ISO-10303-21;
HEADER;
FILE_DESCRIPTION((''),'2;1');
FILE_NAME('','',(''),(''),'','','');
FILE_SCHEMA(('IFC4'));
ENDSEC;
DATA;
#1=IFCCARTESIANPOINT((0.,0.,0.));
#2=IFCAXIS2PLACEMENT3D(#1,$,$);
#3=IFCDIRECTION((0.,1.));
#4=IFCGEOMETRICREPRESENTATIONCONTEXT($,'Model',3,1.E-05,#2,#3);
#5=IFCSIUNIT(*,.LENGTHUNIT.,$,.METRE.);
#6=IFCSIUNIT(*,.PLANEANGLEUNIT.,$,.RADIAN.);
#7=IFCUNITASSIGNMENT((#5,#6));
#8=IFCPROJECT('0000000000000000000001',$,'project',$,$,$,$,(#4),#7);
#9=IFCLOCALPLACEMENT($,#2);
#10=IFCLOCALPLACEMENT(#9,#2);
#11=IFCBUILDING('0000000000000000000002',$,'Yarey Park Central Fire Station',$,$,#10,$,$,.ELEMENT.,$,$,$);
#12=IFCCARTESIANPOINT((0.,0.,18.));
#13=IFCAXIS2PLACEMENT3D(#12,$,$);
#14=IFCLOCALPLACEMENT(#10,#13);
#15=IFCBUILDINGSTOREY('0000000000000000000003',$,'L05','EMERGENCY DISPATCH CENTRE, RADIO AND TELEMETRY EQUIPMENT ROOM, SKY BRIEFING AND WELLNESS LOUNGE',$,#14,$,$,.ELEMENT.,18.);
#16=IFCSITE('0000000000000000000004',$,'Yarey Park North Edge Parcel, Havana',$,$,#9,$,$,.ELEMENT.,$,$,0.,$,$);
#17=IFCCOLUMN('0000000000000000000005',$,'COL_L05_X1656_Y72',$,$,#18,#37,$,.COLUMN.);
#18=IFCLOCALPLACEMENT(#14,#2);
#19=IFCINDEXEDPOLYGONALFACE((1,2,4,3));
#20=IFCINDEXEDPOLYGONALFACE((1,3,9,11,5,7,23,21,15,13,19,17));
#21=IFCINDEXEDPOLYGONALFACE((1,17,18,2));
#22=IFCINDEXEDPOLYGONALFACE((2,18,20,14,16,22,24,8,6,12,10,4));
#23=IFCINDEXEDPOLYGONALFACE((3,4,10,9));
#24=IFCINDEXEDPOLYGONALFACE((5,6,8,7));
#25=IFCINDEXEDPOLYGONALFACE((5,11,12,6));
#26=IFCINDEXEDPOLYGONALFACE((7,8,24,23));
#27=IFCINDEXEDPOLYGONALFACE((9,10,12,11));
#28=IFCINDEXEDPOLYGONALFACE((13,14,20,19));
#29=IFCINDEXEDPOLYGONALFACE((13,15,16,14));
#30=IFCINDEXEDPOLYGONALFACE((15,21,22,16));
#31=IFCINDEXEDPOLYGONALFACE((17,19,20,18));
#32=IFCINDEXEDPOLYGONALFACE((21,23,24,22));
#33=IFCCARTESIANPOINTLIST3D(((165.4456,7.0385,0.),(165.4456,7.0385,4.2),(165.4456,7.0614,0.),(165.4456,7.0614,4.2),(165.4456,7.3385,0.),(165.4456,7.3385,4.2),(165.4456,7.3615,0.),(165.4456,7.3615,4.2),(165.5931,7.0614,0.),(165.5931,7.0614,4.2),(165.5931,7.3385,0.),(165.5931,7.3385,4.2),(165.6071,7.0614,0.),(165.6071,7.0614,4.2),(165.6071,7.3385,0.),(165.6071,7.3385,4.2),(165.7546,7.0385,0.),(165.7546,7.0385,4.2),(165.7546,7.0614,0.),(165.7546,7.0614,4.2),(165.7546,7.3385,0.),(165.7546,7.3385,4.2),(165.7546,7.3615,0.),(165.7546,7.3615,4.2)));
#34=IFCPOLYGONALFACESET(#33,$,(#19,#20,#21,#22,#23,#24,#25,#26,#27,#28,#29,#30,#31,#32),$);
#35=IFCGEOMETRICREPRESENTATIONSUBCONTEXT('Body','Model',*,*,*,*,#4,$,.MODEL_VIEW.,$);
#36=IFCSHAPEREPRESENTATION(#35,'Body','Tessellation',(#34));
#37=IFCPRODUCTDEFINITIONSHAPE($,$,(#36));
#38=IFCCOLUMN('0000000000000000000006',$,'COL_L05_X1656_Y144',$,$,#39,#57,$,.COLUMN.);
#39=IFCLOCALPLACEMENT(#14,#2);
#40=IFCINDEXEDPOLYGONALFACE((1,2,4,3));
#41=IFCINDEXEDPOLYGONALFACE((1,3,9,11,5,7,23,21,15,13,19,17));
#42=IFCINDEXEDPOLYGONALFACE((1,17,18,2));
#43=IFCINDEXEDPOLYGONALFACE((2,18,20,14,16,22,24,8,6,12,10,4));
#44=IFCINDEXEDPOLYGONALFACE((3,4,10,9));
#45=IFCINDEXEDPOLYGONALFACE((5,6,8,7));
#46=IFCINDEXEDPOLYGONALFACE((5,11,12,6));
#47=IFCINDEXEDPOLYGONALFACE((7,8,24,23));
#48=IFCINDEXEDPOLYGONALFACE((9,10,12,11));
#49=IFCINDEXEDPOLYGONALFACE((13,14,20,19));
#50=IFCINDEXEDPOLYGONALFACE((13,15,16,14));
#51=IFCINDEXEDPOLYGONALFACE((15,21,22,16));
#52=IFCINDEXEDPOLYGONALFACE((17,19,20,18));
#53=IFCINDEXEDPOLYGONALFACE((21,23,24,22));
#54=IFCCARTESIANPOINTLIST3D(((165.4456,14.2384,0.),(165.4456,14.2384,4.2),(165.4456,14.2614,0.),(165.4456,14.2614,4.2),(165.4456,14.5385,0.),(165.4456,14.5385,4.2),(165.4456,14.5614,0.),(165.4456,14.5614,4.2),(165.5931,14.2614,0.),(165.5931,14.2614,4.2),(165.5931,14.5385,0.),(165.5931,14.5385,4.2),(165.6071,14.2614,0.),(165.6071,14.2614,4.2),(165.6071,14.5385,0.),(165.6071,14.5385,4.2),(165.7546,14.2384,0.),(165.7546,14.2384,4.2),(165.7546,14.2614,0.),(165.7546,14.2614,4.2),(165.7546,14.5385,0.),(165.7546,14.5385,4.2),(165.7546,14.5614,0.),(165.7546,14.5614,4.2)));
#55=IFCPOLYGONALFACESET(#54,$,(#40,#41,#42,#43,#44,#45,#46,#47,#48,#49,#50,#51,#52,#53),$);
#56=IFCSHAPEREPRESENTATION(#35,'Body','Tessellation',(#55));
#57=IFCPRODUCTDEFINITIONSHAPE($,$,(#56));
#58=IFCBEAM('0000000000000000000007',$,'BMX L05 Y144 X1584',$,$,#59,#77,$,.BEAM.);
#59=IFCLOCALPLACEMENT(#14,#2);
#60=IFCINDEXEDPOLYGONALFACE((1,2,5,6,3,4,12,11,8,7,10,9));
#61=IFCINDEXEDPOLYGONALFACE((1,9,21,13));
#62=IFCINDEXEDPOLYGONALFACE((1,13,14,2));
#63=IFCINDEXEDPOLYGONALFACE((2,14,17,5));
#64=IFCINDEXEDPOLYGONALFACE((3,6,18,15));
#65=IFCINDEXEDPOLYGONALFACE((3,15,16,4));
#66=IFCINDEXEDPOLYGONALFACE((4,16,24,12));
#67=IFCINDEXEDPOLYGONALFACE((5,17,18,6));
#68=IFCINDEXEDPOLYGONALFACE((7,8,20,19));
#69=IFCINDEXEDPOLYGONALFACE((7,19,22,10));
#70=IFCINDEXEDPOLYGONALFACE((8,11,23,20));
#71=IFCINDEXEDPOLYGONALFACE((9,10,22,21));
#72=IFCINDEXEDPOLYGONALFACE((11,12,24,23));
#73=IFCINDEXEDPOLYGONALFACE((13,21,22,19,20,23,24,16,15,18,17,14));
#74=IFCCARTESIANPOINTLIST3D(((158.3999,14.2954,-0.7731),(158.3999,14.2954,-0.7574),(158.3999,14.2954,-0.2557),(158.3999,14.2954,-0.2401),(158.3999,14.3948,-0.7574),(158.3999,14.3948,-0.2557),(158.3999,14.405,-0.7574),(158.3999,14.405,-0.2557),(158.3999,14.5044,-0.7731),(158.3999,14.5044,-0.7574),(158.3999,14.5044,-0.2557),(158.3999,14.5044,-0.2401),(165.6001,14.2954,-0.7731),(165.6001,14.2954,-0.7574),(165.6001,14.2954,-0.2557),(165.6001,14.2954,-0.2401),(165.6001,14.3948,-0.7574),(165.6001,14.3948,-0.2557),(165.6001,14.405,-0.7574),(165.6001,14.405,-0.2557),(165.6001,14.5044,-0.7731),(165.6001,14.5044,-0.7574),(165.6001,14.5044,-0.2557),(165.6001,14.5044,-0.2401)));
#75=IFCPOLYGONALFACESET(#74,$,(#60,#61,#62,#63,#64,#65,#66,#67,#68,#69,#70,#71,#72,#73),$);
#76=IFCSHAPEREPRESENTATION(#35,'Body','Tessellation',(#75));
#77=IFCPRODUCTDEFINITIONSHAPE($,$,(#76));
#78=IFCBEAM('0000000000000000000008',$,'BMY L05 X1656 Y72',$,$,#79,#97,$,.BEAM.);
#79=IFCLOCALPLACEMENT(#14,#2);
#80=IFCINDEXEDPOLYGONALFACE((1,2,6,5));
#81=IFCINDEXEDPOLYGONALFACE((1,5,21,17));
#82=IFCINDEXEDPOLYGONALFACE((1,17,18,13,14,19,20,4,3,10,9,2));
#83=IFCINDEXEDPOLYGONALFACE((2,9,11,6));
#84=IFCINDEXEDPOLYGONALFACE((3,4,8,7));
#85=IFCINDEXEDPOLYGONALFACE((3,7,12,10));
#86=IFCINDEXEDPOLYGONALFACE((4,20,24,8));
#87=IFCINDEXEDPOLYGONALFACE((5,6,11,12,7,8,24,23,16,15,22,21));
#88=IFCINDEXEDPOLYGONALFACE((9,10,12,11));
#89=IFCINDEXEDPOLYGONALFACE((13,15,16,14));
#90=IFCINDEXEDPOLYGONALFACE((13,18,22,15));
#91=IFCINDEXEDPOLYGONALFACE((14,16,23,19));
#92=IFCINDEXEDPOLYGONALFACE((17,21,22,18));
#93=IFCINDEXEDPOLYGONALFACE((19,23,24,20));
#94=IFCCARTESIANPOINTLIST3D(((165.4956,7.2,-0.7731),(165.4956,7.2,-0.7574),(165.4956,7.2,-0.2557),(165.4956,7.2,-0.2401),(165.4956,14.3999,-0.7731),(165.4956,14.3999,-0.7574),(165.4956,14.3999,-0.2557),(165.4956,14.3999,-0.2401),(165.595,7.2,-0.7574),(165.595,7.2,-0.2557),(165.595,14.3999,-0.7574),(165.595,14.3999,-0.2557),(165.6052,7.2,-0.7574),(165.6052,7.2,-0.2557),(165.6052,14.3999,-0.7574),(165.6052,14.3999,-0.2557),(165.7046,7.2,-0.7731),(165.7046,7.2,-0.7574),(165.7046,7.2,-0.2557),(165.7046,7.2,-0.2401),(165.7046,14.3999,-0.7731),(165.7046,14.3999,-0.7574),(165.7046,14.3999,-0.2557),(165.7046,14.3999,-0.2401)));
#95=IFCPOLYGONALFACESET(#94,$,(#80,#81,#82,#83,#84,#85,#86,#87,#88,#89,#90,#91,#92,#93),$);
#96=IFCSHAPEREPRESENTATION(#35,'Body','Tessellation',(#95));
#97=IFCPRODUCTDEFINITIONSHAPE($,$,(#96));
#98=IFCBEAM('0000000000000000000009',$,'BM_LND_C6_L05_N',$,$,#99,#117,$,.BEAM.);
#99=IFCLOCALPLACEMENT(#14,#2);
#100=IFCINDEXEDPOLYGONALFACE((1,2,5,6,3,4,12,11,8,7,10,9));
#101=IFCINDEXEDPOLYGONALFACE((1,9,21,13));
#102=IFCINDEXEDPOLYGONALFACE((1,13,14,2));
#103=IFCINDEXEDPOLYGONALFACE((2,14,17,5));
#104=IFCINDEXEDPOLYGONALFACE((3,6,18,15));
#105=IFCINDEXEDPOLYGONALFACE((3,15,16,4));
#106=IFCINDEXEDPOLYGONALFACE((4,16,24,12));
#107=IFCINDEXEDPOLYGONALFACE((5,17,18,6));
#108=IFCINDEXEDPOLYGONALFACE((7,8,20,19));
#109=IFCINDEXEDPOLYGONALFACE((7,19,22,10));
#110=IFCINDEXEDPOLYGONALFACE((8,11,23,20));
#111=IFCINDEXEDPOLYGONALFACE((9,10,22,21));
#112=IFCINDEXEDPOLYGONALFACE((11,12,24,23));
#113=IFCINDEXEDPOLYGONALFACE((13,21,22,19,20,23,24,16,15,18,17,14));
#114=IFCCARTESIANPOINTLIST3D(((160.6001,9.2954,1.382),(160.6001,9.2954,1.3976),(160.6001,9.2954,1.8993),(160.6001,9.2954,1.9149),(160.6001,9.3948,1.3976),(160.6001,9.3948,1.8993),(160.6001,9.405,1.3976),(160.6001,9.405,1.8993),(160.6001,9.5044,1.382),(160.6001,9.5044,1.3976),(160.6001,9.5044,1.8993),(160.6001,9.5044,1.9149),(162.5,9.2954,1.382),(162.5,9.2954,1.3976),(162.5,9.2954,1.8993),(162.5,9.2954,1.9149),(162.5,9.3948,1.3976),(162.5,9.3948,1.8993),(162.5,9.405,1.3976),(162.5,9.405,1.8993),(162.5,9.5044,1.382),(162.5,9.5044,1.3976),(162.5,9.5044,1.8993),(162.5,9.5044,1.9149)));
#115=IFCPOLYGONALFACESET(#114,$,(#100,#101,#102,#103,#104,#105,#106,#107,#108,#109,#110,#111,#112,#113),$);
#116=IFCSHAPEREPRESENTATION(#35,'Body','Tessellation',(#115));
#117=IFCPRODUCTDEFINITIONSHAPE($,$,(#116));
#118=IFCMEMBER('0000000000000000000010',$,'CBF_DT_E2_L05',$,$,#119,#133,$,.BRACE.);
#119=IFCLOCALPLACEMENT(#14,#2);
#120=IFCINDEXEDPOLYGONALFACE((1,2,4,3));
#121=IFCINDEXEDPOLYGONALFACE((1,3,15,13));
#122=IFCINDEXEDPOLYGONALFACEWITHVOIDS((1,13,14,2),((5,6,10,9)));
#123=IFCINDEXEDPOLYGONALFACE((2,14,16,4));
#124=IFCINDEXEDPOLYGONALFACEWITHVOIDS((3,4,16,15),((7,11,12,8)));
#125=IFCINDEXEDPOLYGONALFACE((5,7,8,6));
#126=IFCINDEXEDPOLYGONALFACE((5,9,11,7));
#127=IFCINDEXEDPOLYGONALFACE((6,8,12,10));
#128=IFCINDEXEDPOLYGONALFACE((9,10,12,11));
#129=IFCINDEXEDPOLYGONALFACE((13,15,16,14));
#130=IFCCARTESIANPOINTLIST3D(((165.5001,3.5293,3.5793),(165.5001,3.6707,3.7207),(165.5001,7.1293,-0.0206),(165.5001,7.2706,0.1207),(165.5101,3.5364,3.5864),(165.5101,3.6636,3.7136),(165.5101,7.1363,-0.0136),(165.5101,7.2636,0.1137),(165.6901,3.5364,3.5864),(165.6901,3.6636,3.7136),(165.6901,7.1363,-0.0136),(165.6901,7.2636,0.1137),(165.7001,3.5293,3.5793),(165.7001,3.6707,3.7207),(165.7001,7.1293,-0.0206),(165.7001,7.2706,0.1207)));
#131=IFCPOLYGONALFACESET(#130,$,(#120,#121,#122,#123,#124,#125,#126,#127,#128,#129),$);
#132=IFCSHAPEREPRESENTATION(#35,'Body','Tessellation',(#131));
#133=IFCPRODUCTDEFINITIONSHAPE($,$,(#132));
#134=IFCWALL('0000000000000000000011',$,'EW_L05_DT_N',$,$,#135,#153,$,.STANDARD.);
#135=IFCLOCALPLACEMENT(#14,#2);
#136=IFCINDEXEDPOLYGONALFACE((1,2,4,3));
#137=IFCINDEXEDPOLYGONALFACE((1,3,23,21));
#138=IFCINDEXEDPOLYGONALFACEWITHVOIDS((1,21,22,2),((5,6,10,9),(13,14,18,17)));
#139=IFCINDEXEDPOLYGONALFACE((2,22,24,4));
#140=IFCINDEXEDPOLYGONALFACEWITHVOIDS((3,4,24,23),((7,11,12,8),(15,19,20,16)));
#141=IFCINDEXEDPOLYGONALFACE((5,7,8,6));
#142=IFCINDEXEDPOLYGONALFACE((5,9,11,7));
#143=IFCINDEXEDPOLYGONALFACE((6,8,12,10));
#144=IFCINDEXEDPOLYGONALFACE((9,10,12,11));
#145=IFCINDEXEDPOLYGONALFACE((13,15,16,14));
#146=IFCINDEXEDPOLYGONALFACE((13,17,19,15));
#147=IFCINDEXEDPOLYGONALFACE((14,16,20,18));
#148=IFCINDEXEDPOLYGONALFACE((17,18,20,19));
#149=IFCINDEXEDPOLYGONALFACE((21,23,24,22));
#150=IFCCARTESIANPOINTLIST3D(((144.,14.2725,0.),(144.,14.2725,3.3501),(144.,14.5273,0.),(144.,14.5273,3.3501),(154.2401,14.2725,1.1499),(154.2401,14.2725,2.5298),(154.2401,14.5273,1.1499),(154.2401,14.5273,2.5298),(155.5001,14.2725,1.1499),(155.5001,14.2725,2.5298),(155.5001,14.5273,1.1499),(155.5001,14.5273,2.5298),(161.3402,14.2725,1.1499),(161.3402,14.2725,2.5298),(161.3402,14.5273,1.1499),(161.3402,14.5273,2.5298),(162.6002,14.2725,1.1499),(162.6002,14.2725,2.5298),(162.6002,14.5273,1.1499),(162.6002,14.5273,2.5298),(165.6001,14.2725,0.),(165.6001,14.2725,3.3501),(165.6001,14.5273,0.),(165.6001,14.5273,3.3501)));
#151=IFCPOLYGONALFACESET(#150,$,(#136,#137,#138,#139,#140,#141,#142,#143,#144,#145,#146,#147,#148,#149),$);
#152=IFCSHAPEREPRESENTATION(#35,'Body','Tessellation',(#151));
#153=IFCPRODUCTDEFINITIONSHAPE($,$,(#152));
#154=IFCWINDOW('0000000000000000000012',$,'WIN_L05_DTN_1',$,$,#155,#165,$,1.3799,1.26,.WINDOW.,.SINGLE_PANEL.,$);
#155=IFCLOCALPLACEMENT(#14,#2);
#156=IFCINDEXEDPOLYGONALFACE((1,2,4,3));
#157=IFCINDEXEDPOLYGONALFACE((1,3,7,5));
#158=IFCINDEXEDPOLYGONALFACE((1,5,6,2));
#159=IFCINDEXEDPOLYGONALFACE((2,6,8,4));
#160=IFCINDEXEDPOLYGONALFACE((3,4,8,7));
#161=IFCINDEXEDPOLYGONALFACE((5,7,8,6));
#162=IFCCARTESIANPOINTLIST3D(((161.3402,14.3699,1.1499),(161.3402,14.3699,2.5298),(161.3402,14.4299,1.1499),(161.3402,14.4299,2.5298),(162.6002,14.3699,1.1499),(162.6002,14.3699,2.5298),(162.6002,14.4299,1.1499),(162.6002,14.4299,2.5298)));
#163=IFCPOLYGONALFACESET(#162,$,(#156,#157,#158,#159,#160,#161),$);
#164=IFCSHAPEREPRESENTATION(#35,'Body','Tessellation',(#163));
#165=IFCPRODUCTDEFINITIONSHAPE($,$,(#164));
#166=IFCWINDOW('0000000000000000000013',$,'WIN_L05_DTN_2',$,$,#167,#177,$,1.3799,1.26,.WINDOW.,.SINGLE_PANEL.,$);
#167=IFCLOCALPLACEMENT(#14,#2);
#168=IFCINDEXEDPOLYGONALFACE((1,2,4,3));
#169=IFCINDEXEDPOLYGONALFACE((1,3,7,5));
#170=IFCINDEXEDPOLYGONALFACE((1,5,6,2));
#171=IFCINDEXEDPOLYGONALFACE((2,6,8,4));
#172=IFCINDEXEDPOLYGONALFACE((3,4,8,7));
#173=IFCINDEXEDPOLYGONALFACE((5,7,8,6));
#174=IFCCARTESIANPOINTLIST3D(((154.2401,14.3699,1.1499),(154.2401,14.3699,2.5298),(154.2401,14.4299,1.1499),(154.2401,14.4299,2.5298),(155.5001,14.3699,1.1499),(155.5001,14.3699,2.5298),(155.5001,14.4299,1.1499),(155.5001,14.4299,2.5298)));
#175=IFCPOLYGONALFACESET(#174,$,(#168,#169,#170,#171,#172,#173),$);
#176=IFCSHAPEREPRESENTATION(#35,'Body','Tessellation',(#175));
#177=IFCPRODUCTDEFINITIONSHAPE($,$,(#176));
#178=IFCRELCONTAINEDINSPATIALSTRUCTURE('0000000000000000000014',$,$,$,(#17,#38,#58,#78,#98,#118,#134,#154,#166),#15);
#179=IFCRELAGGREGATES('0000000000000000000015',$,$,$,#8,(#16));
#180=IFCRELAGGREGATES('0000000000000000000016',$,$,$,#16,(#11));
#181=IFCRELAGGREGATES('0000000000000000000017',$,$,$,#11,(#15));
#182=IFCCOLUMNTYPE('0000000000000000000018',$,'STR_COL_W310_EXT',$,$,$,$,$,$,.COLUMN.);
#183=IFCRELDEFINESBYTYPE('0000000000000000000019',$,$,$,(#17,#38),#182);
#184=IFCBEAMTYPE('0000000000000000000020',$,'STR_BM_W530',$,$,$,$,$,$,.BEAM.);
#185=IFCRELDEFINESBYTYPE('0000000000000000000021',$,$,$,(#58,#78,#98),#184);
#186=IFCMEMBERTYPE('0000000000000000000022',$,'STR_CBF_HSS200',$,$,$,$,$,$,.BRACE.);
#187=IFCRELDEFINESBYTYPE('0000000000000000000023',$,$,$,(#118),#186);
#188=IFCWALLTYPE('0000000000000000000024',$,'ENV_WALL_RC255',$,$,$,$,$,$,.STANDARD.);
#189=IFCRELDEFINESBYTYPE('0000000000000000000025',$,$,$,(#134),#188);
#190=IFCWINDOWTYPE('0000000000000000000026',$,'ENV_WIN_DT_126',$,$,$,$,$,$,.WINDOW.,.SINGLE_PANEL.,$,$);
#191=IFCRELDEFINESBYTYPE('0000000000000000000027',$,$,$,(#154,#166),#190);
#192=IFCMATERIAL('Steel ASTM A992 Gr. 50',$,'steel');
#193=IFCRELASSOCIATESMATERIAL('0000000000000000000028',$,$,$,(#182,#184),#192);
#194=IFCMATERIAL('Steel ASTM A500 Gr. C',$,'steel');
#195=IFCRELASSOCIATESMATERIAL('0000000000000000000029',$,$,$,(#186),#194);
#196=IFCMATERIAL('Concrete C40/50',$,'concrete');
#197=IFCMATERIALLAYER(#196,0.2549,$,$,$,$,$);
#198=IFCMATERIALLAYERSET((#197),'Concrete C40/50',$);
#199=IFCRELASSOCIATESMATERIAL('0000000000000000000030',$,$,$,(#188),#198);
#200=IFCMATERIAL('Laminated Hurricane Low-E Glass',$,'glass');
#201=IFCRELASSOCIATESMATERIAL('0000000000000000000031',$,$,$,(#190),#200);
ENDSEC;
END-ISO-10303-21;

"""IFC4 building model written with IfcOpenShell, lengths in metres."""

from ifc_helpers import new_model, si_unit, direction, frame, frame_2d, origin, origin_2d, place, context, subcontext, project, spatial, rectangle, hollow_rectangle, i_section, extrude, material, layer, layer_set, material_profile, profile_set, type_object, element, fill, save


model = new_model("IFC4")

# Units and contexts
model_context = context("Model", 3, precision=1e-05, world=origin(), true_north=direction((0.0, 1.0)))
body_context = subcontext(model_context, "Body", "Model", "MODEL_VIEW")
ifc_project = project(units=[si_unit("LENGTHUNIT", "METRE"), si_unit("PLANEANGLEUNIT", "RADIAN")], contexts=[model_context])

# Site, building, storey
site_placement = place(None, origin())
site = spatial("IfcSite", under=ifc_project, at=site_placement, Name="Yarey Park North Edge Parcel, Havana", CompositionType="ELEMENT", RefElevation=0.0)
building_placement = place(site_placement, origin())
building = spatial("IfcBuilding", under=site, at=building_placement, Name="Yarey Park Central Fire Station", CompositionType="ELEMENT")
storey_placement = place(building_placement, frame((0.0, 0.0, 18.0)))
storey = spatial("IfcBuildingStorey", under=building, at=storey_placement, Name="L05", Description="EMERGENCY DISPATCH CENTRE, RADIO AND TELEMETRY EQUIPMENT ROOM, SKY BRIEFING AND WELLNESS LOUNGE", CompositionType="ELEMENT", Elevation=18.0)

# Columns
ifc_material_1 = material(Name="Steel ASTM A992 Gr. 50", Category="steel")
ifc_material_profile_1 = material_profile(ifc_material_1, i_section(OverallWidth=0.3091, OverallDepth=0.323, WebThickness=0.0139, FlangeThickness=0.0229, at=origin_2d()), Name="W310x143")
ifc_profile_set_1 = profile_set([ifc_material_profile_1], Name="Steel ASTM A992 Gr. 50")
column_type = type_object("IfcColumnType", Name="STR_COL_W310_EXT", PredefinedType="COLUMN", material=ifc_profile_set_1)
for number, where, z_axis, x_axis, name in (
    (1, (165.6001, 7.2, 0.0), (0.0, 0.0, 1.0), (1.0, 0.0, 0.0), "COL_L05_X1656_Y72"),
    (2, (165.6001, 14.3999, 0.0), (0.0, 0.0, 1.0), (1.0, 0.0, 0.0), "COL_L05_X1656_Y144"),
):
    element("IfcColumn", number, at=place(storey_placement, frame(where, z_axis=z_axis, x_axis=x_axis)), inside=storey, type_object=column_type, Name=name, PredefinedType="COLUMN", context=body_context, shape_type="SweptSolid", body=[
        extrude(i_section(OverallWidth=0.3091, OverallDepth=0.323, WebThickness=0.0139, FlangeThickness=0.0229, at=origin_2d()), origin(), (0.0, 0.0, 1.0), 4.2),
    ])

# Beams
ifc_material_profile_2 = material_profile(ifc_material_1, i_section(OverallWidth=0.209, OverallDepth=0.533, WebThickness=0.0103, FlangeThickness=0.0156, at=origin_2d()), Name="W530x92")
ifc_profile_set_2 = profile_set([ifc_material_profile_2], Name="Steel ASTM A992 Gr. 50")
beam_type = type_object("IfcBeamType", Name="STR_BM_W530", PredefinedType="BEAM", material=ifc_profile_set_2)
beam_1_placement = place(storey_placement, frame((158.3999, 14.3999, -0.5066), z_axis=(1.0, 0.0, 0.0), x_axis=(0.0, 1.0, 0.0)))
element("IfcBeam", 3, at=beam_1_placement, inside=storey, type_object=beam_type, Name="BMX L05 Y144 X1584", PredefinedType="BEAM", context=body_context, shape_type="SweptSolid", body=[
    extrude(i_section(OverallWidth=0.209, OverallDepth=0.533, WebThickness=0.0103, FlangeThickness=0.0156, at=origin_2d()), origin(), (0.0, 0.0, 1.0), 7.2002),
])
beam_2_placement = place(storey_placement, frame((165.6001, 7.2, -0.5066), z_axis=(0.0, 1.0, 0.0), x_axis=(-1.0, 0.0, 0.0)))
element("IfcBeam", 4, at=beam_2_placement, inside=storey, type_object=beam_type, Name="BMY L05 X1656 Y72", PredefinedType="BEAM", context=body_context, shape_type="SweptSolid", body=[
    extrude(i_section(OverallWidth=0.209, OverallDepth=0.533, WebThickness=0.0103, FlangeThickness=0.0156, at=origin_2d()), origin(), (0.0, 0.0, 1.0), 7.2),
])
beam_3_placement = place(storey_placement, frame((160.6001, 9.3999, 1.6484), z_axis=(1.0, 0.0, 0.0), x_axis=(0.0, 1.0, 0.0)))
element("IfcBeam", 5, at=beam_3_placement, inside=storey, type_object=beam_type, Name="BM_LND_C6_L05_N", PredefinedType="BEAM", context=body_context, shape_type="SweptSolid", body=[
    extrude(i_section(OverallWidth=0.209, OverallDepth=0.533, WebThickness=0.0103, FlangeThickness=0.0156, at=origin_2d()), origin(), (0.0, 0.0, 1.0), 1.8999),
])

# Member
ifc_material_2 = material(Name="Steel ASTM A500 Gr. C", Category="steel")
ifc_material_profile_3 = material_profile(ifc_material_2, hollow_rectangle(XDim=0.2, YDim=0.2, WallThickness=0.01, at=origin_2d()), Name="HSS 200x200x10")
ifc_profile_set_3 = profile_set([ifc_material_profile_3], Name="Steel ASTM A500 Gr. C")
member_type = type_object("IfcMemberType", Name="STR_CBF_HSS200", PredefinedType="BRACE", material=ifc_profile_set_3)
member_placement = place(storey_placement, frame((165.6001, 7.2, 0.05), z_axis=(0.0, -0.707107, 0.707107), x_axis=(1.0, 0.0, 0.0)))
element("IfcMember", 6, at=member_placement, inside=storey, type_object=member_type, Name="CBF_DT_E2_L05", PredefinedType="BRACE", context=body_context, shape_type="SweptSolid", body=[
    extrude(hollow_rectangle(XDim=0.2, YDim=0.2, WallThickness=0.01, at=origin_2d()), origin(), (0.0, 0.0, 1.0), 5.0911),
])

# Wall, openings, windows
ifc_material_3 = material(Name="Concrete C40/50", Category="concrete")
ifc_layer_1 = layer(ifc_material_3, 0.2549)
ifc_layer_set_1 = layer_set([ifc_layer_1], Name="Concrete C40/50")
wall_type_1 = type_object("IfcWallType", Name="ENV_WALL_RC255", PredefinedType="STANDARD", material=ifc_layer_set_1)
wall_1_placement = place(storey_placement, frame((165.6001, 14.3999, 0.0), z_axis=(0.0, 0.0, 1.0), x_axis=(-1.0, 0.0, 0.0)))
wall_1 = element("IfcWall", 7, at=wall_1_placement, inside=storey, type_object=wall_type_1, Name="EW_L05_DT_N", PredefinedType="STANDARD", context=body_context, shape_type="SweptSolid", body=[
    extrude(rectangle(XDim=21.6001, YDim=0.2549, at=frame_2d((10.8, 0.0))), origin(), (0.0, 0.0, 1.0), 3.3501),
])
opening_1_placement = place(wall_1_placement, frame((3.0, 0.0, 1.1499)))
opening_1 = element("IfcOpeningElement", 8, at=opening_1_placement, cuts=wall_1, PredefinedType="OPENING", context=body_context, shape_type="SweptSolid", body=[
    extrude(rectangle(XDim=1.26, YDim=1.3799, at=frame_2d((0.6299, 0.6899))), frame((0.0, 0.1375, 0.0), z_axis=(0.0, -1.0, 0.0), x_axis=(1.0, 0.0, 0.0)), (0.0, 0.0, 1.0), 0.2749),
])
opening_2_placement = place(wall_1_placement, frame((10.1001, 0.0, 1.1499)))
opening_2 = element("IfcOpeningElement", 9, at=opening_2_placement, cuts=wall_1, PredefinedType="OPENING", context=body_context, shape_type="SweptSolid", body=[
    extrude(rectangle(XDim=1.26, YDim=1.3799, at=frame_2d((0.6299, 0.6899))), frame((0.0, 0.1375, 0.0), z_axis=(0.0, -1.0, 0.0), x_axis=(1.0, 0.0, 0.0)), (0.0, 0.0, 1.0), 0.2749),
])
ifc_material_4 = material(Name="Laminated Hurricane Low-E Glass", Category="glass")
window_type = type_object("IfcWindowType", Name="ENV_WIN_DT_126", PartitioningType="SINGLE_PANEL", PredefinedType="WINDOW", material=ifc_material_4)
window_1_placement = place(opening_1_placement, origin())
window_1 = element("IfcWindow", 10, at=window_1_placement, inside=storey, type_object=window_type, Name="WIN_L05_DTN_1", OverallHeight=1.3799, OverallWidth=1.26, PartitioningType="SINGLE_PANEL", PredefinedType="WINDOW", context=body_context, shape_type="SweptSolid", body=[
    extrude(rectangle(XDim=1.26, YDim=1.3799, at=frame_2d((0.6299, 0.6899))), frame((0.0, 0.03, 0.0), z_axis=(0.0, -1.0, 0.0), x_axis=(1.0, 0.0, 0.0)), (0.0, 0.0, 1.0), 0.0601),
])
fill(opening_1, window_1)
window_2_placement = place(opening_2_placement, origin())
window_2 = element("IfcWindow", 11, at=window_2_placement, inside=storey, type_object=window_type, Name="WIN_L05_DTN_2", OverallHeight=1.3799, OverallWidth=1.26, PartitioningType="SINGLE_PANEL", PredefinedType="WINDOW", context=body_context, shape_type="SweptSolid", body=[
    extrude(rectangle(XDim=1.26, YDim=1.3799, at=frame_2d((0.6299, 0.6899))), frame((0.0, 0.03, 0.0), z_axis=(0.0, -1.0, 0.0), x_axis=(1.0, 0.0, 0.0)), (0.0, 0.0, 1.0), 0.0601),
])
fill(opening_2, window_2)

save(model, "model.ifc")
